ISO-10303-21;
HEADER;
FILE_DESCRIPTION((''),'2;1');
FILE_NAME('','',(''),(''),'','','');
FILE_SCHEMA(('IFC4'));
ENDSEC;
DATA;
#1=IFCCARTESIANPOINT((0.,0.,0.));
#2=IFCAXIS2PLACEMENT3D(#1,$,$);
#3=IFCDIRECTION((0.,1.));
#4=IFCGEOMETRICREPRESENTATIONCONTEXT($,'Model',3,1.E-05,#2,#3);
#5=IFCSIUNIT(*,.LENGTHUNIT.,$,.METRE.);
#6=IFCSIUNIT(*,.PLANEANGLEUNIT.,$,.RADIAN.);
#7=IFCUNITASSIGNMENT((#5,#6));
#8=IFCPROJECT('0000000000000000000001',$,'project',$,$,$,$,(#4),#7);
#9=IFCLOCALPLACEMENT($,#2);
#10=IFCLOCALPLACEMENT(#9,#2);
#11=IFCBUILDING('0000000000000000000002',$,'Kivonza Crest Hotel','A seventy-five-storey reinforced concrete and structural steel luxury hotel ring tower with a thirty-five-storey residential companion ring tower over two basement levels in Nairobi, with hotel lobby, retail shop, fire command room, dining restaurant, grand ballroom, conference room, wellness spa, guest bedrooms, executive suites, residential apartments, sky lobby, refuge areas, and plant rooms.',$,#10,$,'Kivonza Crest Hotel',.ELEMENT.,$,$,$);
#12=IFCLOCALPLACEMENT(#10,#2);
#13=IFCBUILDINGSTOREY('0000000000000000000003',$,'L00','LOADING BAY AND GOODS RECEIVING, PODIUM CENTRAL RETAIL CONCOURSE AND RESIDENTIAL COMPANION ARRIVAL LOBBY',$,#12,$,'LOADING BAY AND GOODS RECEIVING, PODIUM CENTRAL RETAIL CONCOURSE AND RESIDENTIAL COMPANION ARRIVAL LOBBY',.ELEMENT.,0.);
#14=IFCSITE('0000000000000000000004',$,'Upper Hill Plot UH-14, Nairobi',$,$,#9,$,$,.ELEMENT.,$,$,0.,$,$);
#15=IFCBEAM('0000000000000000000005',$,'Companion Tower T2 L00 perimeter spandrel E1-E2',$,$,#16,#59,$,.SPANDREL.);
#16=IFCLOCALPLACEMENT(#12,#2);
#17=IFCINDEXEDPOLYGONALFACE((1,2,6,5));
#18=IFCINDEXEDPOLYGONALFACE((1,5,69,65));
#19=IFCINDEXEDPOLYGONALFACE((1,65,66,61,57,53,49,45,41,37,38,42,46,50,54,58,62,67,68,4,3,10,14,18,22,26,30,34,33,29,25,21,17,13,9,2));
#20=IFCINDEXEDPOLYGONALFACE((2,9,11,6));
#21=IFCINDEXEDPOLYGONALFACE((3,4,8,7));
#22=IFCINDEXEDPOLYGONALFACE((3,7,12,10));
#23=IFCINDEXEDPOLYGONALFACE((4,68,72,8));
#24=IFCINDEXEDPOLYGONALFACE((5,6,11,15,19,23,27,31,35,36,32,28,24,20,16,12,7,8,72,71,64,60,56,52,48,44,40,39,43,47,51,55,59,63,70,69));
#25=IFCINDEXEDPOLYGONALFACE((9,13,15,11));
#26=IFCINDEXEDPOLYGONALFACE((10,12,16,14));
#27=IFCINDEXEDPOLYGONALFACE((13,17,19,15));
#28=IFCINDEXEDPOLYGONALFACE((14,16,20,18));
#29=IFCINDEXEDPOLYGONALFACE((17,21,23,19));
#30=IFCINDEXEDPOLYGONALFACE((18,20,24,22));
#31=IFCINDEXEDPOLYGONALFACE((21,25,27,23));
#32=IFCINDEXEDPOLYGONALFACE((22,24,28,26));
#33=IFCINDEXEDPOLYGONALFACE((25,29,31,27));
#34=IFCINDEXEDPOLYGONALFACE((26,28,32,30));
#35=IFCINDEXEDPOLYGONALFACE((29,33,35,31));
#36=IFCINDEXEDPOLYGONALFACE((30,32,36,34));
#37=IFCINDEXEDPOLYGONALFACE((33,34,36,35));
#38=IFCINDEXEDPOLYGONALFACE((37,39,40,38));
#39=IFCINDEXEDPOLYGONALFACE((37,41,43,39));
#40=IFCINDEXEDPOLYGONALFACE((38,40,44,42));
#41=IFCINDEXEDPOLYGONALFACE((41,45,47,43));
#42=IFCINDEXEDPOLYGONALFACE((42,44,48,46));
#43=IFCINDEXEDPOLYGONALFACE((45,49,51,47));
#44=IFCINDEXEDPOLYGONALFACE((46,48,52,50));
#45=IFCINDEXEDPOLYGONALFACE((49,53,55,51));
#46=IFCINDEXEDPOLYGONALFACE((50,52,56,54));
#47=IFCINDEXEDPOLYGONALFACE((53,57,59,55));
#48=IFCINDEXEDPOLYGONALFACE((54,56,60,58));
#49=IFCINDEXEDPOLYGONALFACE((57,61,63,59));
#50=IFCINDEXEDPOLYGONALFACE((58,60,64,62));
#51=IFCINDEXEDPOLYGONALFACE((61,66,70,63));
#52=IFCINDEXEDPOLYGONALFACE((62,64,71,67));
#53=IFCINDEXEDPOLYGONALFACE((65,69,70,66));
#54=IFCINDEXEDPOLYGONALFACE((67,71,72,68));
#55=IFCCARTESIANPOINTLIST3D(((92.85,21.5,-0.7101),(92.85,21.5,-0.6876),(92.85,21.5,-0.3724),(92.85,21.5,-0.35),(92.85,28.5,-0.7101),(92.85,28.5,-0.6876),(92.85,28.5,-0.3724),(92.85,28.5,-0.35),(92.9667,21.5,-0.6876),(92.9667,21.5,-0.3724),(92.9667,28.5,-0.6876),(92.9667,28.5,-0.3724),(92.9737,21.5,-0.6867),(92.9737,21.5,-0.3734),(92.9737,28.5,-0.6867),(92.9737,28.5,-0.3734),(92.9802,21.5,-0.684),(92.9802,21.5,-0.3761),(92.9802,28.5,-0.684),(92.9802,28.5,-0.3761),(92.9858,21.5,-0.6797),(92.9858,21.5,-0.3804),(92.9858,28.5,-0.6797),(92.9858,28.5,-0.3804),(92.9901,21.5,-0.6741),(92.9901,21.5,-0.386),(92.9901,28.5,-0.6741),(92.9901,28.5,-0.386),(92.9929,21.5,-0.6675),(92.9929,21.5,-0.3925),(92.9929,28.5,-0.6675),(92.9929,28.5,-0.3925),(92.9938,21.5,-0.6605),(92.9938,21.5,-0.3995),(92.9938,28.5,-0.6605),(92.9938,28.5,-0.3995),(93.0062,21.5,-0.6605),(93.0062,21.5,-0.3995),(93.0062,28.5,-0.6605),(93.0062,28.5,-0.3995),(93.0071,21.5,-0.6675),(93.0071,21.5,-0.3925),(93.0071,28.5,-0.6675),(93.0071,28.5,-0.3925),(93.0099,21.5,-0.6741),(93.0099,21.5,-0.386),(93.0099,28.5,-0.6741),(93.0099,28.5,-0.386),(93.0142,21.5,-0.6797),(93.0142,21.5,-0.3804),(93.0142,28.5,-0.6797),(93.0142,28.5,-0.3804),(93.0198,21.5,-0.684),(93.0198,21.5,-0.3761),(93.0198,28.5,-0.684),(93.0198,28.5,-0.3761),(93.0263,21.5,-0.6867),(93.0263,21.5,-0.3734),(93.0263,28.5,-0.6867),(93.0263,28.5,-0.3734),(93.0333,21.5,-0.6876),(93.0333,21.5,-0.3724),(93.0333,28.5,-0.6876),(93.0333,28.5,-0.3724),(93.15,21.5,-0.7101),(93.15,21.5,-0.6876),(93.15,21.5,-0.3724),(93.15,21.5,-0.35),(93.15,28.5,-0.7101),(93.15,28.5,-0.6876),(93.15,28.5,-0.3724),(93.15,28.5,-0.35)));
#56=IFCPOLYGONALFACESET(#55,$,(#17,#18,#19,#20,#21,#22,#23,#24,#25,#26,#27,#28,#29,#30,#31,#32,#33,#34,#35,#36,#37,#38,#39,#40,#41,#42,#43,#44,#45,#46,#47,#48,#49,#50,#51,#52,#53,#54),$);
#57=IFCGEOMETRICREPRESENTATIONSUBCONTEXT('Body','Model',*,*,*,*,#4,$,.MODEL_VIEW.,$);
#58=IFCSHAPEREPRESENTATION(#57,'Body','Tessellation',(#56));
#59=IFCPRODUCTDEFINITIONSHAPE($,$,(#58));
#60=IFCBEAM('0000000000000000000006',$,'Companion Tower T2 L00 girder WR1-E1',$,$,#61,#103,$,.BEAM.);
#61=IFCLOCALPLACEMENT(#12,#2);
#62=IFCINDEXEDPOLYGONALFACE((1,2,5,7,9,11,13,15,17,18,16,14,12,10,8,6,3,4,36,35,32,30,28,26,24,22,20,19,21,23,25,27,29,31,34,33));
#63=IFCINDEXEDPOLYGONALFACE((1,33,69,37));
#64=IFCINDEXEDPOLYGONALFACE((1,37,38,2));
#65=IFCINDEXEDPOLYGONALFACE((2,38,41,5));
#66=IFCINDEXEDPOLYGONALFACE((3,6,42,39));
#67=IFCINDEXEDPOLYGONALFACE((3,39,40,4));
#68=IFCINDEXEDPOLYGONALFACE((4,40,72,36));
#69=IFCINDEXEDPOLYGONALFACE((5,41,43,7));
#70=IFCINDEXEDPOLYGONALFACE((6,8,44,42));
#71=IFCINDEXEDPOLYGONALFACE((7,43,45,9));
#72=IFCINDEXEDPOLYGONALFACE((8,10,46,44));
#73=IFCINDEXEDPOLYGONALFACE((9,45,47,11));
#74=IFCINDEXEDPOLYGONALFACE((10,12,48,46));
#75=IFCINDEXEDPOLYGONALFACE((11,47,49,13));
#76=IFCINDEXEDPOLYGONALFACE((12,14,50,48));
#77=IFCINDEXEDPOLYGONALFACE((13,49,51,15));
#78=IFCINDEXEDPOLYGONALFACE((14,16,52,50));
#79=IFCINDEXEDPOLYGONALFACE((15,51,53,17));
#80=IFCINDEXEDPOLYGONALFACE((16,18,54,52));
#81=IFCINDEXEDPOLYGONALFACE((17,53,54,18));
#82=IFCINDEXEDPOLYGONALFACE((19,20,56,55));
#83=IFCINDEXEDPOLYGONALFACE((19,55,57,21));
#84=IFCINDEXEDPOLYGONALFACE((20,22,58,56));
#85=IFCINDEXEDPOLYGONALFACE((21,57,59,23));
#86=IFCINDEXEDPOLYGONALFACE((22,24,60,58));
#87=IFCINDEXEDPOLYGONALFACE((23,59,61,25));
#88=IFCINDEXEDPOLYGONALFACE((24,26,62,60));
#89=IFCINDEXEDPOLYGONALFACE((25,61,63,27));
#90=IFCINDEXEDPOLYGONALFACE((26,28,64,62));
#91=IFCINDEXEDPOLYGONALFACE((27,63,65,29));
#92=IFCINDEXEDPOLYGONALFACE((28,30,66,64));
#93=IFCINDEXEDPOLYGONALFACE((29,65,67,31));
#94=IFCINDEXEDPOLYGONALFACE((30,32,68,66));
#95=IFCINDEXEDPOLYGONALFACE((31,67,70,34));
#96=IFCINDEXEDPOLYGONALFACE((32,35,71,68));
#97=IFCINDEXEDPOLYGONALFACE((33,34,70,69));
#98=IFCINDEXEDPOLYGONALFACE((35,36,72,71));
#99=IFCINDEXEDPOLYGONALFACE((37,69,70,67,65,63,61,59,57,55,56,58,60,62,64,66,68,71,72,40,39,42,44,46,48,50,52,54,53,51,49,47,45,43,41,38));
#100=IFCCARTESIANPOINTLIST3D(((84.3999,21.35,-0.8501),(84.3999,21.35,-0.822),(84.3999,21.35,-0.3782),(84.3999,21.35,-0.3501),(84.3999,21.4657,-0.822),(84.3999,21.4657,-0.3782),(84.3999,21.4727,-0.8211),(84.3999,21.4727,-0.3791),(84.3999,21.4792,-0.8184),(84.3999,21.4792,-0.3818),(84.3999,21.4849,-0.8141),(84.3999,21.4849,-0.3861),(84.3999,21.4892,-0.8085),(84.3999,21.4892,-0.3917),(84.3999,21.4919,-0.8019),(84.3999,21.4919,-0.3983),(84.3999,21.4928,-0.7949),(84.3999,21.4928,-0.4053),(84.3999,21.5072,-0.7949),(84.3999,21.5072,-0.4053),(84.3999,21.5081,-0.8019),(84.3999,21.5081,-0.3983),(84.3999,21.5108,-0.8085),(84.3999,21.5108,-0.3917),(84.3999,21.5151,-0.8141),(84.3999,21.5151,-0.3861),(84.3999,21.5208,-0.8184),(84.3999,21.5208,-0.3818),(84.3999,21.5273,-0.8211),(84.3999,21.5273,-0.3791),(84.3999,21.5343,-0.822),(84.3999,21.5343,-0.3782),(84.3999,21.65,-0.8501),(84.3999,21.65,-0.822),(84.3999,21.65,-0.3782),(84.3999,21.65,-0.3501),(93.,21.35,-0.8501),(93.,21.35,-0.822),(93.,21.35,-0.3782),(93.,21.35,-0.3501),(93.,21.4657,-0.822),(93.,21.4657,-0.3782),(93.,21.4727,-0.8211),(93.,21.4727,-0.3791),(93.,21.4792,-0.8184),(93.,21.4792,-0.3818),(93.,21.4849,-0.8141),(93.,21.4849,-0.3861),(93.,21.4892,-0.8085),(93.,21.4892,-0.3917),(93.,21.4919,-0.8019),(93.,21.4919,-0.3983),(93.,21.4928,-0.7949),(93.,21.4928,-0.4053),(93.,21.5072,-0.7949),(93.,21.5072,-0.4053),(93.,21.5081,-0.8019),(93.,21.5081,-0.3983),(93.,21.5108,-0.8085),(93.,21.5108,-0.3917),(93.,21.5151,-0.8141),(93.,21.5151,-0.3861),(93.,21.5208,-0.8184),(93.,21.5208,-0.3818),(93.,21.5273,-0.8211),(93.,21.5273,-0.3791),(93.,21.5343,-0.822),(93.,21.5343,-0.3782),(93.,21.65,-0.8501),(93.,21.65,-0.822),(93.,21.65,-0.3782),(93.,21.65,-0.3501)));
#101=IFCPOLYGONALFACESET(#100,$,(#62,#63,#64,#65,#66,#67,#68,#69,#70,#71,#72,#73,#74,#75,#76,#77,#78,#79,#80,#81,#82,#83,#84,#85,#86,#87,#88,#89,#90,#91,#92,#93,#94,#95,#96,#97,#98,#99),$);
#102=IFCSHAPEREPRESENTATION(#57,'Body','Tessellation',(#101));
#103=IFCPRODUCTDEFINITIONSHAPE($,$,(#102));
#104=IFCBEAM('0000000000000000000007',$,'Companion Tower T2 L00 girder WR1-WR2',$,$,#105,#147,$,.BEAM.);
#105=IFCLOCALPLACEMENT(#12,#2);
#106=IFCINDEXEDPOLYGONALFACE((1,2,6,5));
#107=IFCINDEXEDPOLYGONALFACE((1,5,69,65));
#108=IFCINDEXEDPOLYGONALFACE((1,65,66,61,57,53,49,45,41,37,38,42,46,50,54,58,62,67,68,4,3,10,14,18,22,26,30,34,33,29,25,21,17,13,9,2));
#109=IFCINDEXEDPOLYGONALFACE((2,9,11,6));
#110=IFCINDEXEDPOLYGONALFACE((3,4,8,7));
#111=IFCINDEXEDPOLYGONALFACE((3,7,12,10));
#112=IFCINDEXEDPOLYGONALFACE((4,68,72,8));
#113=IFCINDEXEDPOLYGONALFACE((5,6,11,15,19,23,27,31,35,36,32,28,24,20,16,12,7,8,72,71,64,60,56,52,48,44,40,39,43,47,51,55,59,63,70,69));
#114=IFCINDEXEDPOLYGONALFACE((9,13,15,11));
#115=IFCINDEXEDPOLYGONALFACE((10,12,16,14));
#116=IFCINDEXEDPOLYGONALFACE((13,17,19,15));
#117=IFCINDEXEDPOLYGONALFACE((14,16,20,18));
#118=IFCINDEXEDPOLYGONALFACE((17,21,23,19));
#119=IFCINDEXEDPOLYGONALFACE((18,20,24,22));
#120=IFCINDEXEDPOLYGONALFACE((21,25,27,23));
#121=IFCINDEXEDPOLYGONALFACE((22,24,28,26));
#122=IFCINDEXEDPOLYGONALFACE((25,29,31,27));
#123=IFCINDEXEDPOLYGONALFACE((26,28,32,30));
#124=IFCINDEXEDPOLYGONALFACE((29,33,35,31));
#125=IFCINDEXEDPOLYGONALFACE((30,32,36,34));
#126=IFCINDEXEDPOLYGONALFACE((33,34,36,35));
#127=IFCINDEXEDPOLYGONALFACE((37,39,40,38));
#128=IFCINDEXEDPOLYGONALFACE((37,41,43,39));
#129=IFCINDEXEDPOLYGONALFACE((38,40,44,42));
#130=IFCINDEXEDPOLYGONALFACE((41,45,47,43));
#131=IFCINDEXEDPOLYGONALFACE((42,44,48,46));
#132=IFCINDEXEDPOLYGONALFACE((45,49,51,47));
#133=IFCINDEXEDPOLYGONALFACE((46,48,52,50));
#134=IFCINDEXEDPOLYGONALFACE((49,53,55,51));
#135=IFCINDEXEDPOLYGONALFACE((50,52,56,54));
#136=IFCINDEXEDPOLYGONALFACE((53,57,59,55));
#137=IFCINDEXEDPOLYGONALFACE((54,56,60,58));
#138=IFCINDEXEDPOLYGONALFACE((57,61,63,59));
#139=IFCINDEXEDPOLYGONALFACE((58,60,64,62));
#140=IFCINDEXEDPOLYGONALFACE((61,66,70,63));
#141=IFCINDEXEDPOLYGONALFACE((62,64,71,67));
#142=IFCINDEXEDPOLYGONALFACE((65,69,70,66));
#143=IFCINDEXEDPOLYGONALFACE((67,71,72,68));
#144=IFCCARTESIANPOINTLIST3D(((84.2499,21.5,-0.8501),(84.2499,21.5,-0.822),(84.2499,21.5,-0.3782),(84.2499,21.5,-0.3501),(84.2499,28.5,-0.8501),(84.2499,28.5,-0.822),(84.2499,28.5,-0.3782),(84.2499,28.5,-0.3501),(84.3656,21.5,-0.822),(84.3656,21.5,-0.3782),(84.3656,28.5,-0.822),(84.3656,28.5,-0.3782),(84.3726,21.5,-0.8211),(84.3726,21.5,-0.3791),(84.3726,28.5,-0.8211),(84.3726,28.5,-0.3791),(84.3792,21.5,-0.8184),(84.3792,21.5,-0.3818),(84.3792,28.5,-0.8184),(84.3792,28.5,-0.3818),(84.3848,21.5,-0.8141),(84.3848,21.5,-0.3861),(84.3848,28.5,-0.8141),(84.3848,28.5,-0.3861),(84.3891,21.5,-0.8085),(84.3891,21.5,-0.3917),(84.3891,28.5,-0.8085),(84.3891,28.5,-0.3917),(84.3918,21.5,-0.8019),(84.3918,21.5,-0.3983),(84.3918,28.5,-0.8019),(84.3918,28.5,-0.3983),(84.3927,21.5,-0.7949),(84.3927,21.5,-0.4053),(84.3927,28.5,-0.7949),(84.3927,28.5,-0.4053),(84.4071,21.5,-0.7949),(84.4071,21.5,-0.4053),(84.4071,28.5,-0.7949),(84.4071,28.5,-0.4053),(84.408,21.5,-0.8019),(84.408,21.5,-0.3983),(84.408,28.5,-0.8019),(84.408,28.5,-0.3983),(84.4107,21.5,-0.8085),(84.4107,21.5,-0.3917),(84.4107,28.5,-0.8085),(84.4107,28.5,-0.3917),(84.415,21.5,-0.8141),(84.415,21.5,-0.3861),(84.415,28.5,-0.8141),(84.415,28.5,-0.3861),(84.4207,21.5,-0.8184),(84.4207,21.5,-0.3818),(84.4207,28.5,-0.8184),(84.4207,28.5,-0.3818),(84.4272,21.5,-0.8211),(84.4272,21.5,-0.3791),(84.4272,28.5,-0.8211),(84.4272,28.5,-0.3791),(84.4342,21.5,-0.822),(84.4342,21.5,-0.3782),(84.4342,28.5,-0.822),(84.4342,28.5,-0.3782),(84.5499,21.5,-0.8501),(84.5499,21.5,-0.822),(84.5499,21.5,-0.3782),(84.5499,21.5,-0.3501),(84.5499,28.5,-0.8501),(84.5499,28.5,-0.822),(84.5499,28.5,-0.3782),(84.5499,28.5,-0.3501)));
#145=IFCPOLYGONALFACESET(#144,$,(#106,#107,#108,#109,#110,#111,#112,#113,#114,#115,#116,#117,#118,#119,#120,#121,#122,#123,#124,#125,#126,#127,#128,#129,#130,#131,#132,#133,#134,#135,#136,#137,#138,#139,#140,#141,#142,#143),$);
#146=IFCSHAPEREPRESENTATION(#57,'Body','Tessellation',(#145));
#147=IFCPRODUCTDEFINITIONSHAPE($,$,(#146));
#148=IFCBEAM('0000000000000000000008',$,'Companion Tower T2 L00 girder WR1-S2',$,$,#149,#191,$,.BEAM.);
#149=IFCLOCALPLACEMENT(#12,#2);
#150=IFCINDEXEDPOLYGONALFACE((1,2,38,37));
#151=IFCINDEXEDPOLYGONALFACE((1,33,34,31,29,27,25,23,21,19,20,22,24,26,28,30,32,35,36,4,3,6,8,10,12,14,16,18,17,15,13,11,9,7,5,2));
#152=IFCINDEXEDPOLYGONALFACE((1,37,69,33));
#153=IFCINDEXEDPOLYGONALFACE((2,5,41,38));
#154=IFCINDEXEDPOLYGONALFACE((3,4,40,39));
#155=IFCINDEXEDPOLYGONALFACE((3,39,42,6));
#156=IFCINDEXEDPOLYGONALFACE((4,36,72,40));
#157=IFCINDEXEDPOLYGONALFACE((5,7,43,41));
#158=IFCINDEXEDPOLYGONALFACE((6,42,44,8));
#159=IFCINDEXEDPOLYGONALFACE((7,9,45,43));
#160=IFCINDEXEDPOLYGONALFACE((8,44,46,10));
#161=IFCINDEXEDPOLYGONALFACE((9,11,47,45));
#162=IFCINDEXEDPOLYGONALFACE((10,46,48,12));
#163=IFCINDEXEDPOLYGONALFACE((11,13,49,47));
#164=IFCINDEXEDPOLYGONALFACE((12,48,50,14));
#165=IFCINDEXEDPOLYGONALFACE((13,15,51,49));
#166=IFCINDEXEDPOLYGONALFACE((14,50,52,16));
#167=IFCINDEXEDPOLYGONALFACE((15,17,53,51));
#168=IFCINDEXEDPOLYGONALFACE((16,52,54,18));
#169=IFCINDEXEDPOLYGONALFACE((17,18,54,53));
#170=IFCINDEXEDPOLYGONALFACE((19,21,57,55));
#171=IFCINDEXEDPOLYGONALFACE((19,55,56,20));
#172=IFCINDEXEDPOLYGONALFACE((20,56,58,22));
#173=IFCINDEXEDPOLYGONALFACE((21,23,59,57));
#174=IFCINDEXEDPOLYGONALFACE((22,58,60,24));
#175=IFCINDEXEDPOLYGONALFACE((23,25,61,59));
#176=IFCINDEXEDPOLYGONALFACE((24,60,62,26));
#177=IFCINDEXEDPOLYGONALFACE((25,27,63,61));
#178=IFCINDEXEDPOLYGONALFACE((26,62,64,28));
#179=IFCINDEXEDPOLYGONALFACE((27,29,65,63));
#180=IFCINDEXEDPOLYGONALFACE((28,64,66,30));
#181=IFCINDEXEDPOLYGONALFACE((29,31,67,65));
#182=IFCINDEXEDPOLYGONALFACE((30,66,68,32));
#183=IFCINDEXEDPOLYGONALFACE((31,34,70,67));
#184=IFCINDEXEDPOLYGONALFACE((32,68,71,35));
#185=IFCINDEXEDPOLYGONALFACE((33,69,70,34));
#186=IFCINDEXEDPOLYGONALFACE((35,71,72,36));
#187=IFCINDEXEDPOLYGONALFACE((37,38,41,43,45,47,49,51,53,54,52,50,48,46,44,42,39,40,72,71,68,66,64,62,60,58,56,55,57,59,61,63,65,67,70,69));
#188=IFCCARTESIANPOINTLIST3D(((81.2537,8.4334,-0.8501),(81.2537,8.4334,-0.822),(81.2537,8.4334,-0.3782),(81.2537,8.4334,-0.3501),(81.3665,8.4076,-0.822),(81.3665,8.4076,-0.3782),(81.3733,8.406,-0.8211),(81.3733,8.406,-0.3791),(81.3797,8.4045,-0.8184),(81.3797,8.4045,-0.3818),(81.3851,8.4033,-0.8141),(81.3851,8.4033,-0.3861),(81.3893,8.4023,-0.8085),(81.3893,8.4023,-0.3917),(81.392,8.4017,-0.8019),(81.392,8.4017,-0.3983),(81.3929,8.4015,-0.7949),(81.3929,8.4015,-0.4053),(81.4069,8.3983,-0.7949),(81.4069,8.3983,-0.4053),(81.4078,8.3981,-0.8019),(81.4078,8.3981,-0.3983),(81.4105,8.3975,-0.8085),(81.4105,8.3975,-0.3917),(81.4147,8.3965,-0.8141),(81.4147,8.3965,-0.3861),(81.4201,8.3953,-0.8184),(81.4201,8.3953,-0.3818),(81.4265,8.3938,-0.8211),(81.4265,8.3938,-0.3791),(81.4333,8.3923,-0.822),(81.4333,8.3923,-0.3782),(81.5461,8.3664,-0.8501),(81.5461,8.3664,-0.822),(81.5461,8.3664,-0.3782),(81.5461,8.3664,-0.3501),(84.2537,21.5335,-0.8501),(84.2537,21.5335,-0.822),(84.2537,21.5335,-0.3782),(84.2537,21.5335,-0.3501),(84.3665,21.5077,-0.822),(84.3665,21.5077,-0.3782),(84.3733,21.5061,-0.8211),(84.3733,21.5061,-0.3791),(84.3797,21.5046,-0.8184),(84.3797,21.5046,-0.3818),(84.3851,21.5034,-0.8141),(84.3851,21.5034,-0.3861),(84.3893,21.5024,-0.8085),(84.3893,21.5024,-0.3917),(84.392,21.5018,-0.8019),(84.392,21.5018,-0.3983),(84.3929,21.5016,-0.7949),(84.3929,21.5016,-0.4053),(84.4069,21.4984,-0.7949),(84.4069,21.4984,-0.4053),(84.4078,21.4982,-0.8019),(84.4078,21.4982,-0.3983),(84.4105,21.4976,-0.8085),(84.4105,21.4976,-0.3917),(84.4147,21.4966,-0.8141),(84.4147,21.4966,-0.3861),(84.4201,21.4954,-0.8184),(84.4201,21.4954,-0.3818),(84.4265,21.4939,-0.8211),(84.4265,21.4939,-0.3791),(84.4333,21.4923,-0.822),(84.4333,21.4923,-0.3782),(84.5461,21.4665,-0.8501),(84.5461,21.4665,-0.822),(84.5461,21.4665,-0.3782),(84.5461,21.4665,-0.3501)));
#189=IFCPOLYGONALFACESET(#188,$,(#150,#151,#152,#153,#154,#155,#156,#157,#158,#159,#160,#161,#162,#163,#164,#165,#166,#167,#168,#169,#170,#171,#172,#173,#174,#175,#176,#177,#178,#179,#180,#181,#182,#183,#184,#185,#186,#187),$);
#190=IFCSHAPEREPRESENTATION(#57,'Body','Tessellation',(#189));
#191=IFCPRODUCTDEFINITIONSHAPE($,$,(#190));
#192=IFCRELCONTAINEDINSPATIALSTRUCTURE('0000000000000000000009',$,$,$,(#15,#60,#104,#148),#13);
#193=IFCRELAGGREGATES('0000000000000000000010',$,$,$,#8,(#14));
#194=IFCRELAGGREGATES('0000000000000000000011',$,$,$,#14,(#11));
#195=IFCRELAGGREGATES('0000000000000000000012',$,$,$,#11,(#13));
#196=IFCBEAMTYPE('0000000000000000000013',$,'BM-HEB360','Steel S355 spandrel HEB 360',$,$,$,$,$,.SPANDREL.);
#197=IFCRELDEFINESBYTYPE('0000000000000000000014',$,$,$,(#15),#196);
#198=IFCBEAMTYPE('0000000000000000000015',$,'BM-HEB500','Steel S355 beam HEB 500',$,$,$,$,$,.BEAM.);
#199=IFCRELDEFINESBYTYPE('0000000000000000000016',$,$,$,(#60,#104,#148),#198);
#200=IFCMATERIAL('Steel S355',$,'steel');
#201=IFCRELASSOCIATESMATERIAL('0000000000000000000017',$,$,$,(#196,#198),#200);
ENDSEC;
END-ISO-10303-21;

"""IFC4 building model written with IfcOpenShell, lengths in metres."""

from ifc_helpers import new_model, si_unit, direction, frame, origin, origin_2d, place, context, subcontext, project, spatial, i_section, extrude, material, material_profile, profile_set, type_object, element, save


model = new_model("IFC4")

# Units and contexts
model_context = context("Model", 3, precision=1e-05, world=origin(), true_north=direction((0.0, 1.0)))
body_context = subcontext(model_context, "Body", "Model", "MODEL_VIEW")
ifc_project = project(units=[si_unit("LENGTHUNIT", "METRE"), si_unit("PLANEANGLEUNIT", "RADIAN")], contexts=[model_context])

# Site, building, storey
site_placement = place(None, origin())
site = spatial("IfcSite", under=ifc_project, at=site_placement, Name="Upper Hill Plot UH-14, Nairobi", CompositionType="ELEMENT", RefElevation=0.0)
building_placement = place(site_placement, origin())
building = spatial("IfcBuilding", under=site, at=building_placement, Name="Kivonza Crest Hotel", Description="A seventy-five-storey reinforced concrete and structural steel luxury hotel ring tower with a thirty-five-storey residential companion ring tower over two basement levels in Nairobi, with hotel lobby, retail shop, fire command room, dining restaurant, grand ballroom, conference room, wellness spa, guest bedrooms, executive suites, residential apartments, sky lobby, refuge areas, and plant rooms.", LongName="Kivonza Crest Hotel", CompositionType="ELEMENT")
storey_placement = place(building_placement, origin())
storey = spatial("IfcBuildingStorey", under=building, at=storey_placement, Name="L00", Description="LOADING BAY AND GOODS RECEIVING, PODIUM CENTRAL RETAIL CONCOURSE AND RESIDENTIAL COMPANION ARRIVAL LOBBY", LongName="LOADING BAY AND GOODS RECEIVING, PODIUM CENTRAL RETAIL CONCOURSE AND RESIDENTIAL COMPANION ARRIVAL LOBBY", CompositionType="ELEMENT", Elevation=0.0)

# Beams
ifc_material_1 = material(Name="Steel S355", Category="steel")
ifc_material_profile_1 = material_profile(ifc_material_1, i_section(OverallWidth=0.3, OverallDepth=0.3601, WebThickness=0.0125, FlangeThickness=0.0225, FilletRadius=0.0271, at=origin_2d()), Name="HEB 360")
ifc_profile_set_1 = profile_set([ifc_material_profile_1], Name="Steel S355")
beam_type_1 = type_object("IfcBeamType", Name="BM-HEB360", Description="Steel S355 spandrel HEB 360", PredefinedType="SPANDREL", material=ifc_profile_set_1)
beam_1_placement = place(storey_placement, frame((93.0, 21.5, -0.53), z_axis=(0.0, 1.0, 0.0), x_axis=(-1.0, 0.0, 0.0)))
element("IfcBeam", 1, at=beam_1_placement, inside=storey, type_object=beam_type_1, Name="Companion Tower T2 L00 perimeter spandrel E1-E2", PredefinedType="SPANDREL", context=body_context, shape_type="SweptSolid", body=[
    extrude(i_section(OverallWidth=0.3, OverallDepth=0.3601, WebThickness=0.0125, FlangeThickness=0.0225, FilletRadius=0.0271, at=origin_2d()), origin(), (0.0, 0.0, 1.0), 7.0),
])
ifc_material_profile_2 = material_profile(ifc_material_1, i_section(OverallWidth=0.3, OverallDepth=0.5, WebThickness=0.0144, FlangeThickness=0.0281, FilletRadius=0.0271, at=origin_2d()), Name="HEB 500")
ifc_profile_set_2 = profile_set([ifc_material_profile_2], Name="Steel S355")
beam_type_2 = type_object("IfcBeamType", Name="BM-HEB500", Description="Steel S355 beam HEB 500", PredefinedType="BEAM", material=ifc_profile_set_2)
beam_2_placement = place(storey_placement, frame((84.3999, 21.5, -0.6001), z_axis=(1.0, 0.0, 0.0), x_axis=(0.0, 1.0, 0.0)))
element("IfcBeam", 2, at=beam_2_placement, inside=storey, type_object=beam_type_2, Name="Companion Tower T2 L00 girder WR1-E1", PredefinedType="BEAM", context=body_context, shape_type="SweptSolid", body=[
    extrude(i_section(OverallWidth=0.3, OverallDepth=0.5, WebThickness=0.0144, FlangeThickness=0.0281, FilletRadius=0.0271, at=origin_2d()), origin(), (0.0, 0.0, 1.0), 8.6001),
])
beam_3_placement = place(storey_placement, frame((84.3999, 21.5, -0.6001), z_axis=(0.0, 1.0, 0.0), x_axis=(-1.0, 0.0, 0.0)))
element("IfcBeam", 3, at=beam_3_placement, inside=storey, type_object=beam_type_2, Name="Companion Tower T2 L00 girder WR1-WR2", PredefinedType="BEAM", context=body_context, shape_type="SweptSolid", body=[
    extrude(i_section(OverallWidth=0.3, OverallDepth=0.5, WebThickness=0.0144, FlangeThickness=0.0281, FilletRadius=0.0271, at=origin_2d()), origin(), (0.0, 0.0, 1.0), 7.0),
])
beam_4_placement = place(storey_placement, frame((84.3999, 21.5, -0.6001), z_axis=(-0.223227, -0.974766, 0.0), x_axis=(0.974766, -0.223227, 0.0)))
element("IfcBeam", 4, at=beam_4_placement, inside=storey, type_object=beam_type_2, Name="Companion Tower T2 L00 girder WR1-S2", PredefinedType="BEAM", context=body_context, shape_type="SweptSolid", body=[
    extrude(i_section(OverallWidth=0.3, OverallDepth=0.5, WebThickness=0.0144, FlangeThickness=0.0281, FilletRadius=0.0271, at=origin_2d()), origin(), (0.0, 0.0, 1.0), 13.4392),
])

save(model, "model.ifc")
